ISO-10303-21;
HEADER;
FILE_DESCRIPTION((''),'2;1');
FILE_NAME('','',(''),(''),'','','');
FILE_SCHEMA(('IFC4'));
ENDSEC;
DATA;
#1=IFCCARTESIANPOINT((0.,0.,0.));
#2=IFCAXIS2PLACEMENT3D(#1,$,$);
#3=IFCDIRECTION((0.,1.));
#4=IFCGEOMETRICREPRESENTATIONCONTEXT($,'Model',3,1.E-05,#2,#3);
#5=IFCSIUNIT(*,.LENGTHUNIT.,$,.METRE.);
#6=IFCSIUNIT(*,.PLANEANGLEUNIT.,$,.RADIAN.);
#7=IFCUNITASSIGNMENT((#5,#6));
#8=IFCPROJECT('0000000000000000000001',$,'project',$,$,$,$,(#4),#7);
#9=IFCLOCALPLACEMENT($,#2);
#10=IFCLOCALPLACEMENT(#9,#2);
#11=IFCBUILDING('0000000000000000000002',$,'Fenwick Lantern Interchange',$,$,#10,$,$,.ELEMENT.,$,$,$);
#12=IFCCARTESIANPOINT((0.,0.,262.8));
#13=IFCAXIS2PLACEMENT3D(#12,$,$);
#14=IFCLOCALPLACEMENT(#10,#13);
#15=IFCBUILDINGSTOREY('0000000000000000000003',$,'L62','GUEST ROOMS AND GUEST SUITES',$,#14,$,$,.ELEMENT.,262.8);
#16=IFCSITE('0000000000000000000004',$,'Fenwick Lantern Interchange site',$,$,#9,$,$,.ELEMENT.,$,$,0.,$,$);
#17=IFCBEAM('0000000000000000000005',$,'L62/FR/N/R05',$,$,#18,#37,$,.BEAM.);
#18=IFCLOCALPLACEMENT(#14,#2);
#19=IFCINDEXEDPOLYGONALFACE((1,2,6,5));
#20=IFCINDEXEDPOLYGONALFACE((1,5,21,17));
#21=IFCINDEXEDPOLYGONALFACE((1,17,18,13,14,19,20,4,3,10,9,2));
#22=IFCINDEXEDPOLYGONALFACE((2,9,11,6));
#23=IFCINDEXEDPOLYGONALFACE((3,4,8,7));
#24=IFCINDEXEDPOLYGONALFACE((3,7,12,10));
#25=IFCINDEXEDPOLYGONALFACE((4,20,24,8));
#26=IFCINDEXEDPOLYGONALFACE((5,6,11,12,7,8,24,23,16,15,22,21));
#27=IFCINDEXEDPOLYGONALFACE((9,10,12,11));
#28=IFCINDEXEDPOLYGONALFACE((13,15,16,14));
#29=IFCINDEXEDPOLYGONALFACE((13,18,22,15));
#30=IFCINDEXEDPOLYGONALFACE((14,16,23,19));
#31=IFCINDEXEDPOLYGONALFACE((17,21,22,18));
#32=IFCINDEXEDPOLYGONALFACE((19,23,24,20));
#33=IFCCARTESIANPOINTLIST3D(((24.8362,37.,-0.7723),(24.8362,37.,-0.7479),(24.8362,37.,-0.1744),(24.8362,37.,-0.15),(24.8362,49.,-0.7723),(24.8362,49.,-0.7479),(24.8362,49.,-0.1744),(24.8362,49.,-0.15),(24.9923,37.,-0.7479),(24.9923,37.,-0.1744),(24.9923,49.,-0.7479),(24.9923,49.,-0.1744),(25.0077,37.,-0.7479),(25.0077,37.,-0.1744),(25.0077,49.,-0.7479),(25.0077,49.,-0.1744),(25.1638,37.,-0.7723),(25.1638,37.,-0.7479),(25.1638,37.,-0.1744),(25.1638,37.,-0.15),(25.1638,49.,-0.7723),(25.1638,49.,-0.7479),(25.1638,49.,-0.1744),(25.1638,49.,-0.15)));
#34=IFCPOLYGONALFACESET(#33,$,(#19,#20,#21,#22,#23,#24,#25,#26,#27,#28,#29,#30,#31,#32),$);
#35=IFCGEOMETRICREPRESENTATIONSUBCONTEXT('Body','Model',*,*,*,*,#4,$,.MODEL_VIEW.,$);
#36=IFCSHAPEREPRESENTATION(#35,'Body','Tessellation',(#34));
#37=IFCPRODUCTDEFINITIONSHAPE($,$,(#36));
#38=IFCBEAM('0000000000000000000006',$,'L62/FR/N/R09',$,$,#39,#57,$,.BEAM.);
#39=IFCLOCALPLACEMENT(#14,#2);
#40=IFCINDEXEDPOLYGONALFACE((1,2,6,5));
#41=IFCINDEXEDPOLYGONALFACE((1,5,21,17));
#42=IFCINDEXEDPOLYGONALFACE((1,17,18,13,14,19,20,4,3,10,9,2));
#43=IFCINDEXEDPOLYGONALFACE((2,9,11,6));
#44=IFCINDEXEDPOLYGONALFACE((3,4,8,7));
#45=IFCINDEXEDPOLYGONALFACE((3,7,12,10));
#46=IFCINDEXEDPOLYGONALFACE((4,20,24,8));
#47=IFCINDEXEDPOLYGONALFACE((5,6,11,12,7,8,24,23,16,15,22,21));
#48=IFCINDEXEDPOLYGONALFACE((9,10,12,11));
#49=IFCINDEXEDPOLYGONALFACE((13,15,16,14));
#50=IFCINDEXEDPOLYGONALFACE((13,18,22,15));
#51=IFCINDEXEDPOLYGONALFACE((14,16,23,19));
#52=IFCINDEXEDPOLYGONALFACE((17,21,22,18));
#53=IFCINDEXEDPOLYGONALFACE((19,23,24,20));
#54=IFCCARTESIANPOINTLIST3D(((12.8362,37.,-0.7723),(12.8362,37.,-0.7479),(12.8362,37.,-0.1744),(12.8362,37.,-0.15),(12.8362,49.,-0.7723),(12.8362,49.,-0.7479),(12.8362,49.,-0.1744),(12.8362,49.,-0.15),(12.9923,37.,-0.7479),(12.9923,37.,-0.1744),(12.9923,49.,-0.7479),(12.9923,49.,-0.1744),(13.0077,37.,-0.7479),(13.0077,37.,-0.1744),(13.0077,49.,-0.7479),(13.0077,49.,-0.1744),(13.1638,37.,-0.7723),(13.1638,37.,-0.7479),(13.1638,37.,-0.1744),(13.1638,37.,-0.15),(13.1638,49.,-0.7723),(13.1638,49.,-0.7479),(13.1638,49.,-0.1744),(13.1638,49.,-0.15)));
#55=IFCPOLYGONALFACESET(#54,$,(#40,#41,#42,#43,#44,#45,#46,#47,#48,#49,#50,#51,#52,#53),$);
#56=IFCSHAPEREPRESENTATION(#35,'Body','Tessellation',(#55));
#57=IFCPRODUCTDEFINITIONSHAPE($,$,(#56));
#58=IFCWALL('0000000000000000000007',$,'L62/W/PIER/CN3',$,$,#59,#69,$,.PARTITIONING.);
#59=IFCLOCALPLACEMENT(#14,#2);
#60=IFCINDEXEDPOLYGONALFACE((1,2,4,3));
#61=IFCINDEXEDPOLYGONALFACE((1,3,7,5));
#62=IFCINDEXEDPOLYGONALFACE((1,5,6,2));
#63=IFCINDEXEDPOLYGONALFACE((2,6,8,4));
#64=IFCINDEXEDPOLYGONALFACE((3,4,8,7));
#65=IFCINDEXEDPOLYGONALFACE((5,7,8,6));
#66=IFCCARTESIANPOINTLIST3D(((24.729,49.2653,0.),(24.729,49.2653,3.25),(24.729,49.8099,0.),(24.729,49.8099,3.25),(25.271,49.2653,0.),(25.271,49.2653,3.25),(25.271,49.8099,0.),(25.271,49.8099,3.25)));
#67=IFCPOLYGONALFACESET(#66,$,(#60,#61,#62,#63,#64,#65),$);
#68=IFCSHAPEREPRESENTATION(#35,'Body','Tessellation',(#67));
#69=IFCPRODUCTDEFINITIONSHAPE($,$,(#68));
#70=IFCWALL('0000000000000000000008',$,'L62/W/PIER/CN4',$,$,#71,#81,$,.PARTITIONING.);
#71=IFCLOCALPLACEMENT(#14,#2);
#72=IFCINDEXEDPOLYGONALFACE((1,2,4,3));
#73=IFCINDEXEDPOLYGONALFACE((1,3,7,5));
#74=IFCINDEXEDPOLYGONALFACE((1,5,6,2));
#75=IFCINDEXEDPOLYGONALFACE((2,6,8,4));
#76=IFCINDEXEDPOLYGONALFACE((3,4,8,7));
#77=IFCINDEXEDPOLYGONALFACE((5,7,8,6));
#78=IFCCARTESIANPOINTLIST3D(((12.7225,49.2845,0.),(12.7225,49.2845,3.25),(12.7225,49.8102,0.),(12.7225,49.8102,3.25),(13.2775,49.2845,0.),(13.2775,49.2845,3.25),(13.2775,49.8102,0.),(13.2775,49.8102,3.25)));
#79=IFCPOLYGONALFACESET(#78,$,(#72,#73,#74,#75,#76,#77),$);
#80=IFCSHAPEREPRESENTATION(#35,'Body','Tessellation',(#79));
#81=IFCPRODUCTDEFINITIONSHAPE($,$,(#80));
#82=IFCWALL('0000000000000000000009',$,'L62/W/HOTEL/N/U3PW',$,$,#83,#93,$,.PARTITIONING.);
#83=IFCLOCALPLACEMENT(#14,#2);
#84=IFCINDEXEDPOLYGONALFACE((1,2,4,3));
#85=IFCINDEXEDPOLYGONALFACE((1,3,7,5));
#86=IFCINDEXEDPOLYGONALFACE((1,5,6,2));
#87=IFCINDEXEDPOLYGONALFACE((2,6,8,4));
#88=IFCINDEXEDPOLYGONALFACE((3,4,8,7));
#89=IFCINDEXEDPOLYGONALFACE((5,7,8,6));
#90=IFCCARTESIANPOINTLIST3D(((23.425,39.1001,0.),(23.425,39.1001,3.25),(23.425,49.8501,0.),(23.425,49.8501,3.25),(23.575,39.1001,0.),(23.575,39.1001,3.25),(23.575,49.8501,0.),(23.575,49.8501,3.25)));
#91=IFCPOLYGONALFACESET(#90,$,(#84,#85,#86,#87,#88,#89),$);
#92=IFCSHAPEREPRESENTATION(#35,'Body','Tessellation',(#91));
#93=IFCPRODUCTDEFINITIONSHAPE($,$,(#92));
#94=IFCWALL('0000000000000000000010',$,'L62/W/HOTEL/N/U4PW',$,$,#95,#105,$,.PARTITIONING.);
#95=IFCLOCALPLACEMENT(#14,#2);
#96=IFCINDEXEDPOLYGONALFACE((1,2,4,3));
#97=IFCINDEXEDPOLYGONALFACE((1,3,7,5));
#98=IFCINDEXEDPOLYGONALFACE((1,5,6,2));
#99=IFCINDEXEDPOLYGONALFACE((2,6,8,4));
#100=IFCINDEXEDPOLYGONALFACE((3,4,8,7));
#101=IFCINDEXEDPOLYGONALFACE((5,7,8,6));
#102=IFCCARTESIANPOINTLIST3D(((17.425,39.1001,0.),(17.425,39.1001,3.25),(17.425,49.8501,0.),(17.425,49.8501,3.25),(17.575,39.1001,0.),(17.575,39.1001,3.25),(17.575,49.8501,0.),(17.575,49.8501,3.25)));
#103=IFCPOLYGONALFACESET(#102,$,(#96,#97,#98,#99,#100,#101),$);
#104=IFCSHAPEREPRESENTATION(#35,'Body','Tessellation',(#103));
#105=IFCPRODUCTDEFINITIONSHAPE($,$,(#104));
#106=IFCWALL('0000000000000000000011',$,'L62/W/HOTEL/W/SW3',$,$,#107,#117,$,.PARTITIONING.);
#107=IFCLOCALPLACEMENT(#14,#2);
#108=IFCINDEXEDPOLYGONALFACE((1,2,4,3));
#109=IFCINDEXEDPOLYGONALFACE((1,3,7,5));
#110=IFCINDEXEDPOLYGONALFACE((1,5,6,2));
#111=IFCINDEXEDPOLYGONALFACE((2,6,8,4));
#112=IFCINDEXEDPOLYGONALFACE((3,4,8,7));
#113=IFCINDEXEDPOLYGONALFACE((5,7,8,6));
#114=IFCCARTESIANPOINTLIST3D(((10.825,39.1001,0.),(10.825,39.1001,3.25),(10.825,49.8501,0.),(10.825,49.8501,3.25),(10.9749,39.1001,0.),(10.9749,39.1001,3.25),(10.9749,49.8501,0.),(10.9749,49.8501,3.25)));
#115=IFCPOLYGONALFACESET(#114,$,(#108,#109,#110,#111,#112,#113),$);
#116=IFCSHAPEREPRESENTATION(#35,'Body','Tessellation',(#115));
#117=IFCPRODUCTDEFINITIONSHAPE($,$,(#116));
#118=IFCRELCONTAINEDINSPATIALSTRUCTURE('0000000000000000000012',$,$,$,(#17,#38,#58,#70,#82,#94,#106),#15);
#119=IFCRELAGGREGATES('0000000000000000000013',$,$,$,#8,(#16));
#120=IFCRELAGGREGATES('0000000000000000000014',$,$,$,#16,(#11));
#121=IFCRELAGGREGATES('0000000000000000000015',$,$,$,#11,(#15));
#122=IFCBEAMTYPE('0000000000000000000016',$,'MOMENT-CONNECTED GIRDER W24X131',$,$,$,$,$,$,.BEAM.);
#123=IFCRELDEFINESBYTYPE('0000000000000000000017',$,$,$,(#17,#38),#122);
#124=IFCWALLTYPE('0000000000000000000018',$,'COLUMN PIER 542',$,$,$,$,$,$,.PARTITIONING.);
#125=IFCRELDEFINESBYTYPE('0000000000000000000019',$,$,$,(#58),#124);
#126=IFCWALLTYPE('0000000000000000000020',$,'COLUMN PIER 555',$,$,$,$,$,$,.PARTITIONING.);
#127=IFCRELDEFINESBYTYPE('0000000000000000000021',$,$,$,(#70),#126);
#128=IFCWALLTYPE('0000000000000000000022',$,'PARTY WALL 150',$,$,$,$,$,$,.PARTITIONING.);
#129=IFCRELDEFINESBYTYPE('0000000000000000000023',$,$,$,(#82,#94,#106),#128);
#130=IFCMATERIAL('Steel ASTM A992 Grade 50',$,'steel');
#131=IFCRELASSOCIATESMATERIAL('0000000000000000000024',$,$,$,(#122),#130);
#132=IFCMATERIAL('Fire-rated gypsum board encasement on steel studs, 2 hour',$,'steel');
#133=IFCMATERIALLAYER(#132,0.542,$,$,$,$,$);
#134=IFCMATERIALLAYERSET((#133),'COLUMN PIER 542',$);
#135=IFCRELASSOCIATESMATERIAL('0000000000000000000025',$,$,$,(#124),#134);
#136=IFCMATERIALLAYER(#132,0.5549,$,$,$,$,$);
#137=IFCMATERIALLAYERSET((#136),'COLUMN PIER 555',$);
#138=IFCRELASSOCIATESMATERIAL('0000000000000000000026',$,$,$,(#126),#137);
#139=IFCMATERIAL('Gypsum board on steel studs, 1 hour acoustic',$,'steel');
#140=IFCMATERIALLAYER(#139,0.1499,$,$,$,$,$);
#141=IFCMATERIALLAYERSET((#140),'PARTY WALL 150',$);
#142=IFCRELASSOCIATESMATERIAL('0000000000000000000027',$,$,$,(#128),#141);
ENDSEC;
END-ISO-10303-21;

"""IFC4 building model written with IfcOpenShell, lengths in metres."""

from ifc_helpers import new_model, si_unit, direction, frame, frame_2d, origin, origin_2d, place, context, subcontext, project, spatial, rectangle, i_section, extrude, material, layer, layer_set, material_profile, profile_set, type_object, element, save


model = new_model("IFC4")

# Units and contexts
model_context = context("Model", 3, precision=1e-05, world=origin(), true_north=direction((0.0, 1.0)))
body_context = subcontext(model_context, "Body", "Model", "MODEL_VIEW")
ifc_project = project(units=[si_unit("LENGTHUNIT", "METRE"), si_unit("PLANEANGLEUNIT", "RADIAN")], contexts=[model_context])

# Site, building, storey
site_placement = place(None, origin())
site = spatial("IfcSite", under=ifc_project, at=site_placement, Name="Fenwick Lantern Interchange site", CompositionType="ELEMENT", RefElevation=0.0)
building_placement = place(site_placement, origin())
building = spatial("IfcBuilding", under=site, at=building_placement, Name="Fenwick Lantern Interchange", CompositionType="ELEMENT")
storey_placement = place(building_placement, frame((0.0, 0.0, 262.8)))
storey = spatial("IfcBuildingStorey", under=building, at=storey_placement, Name="L62", Description="GUEST ROOMS AND GUEST SUITES", CompositionType="ELEMENT", Elevation=262.8)

# Shared definitions
ifc_material_1 = material(Name="Steel ASTM A992 Grade 50", Category="steel")

# Beams
ifc_material_profile_1 = material_profile(ifc_material_1, i_section(OverallWidth=0.3276, OverallDepth=0.6223, WebThickness=0.0154, FlangeThickness=0.0244, at=origin_2d()), Name="W24X131")
ifc_profile_set_1 = profile_set([ifc_material_profile_1], Name="Steel ASTM A992 Grade 50")
beam_type_1 = type_object("IfcBeamType", Name="MOMENT-CONNECTED GIRDER W24X131", PredefinedType="BEAM", material=ifc_profile_set_1)
for number, where, z_axis, x_axis, name in (
    (1, (25.0, 49.0, -0.4612), (0.0, -1.0, 0.0), (1.0, 0.0, 0.0), "L62/FR/N/R05"),
    (2, (13.0, 49.0, -0.4612), (0.0, -1.0, 0.0), (1.0, 0.0, 0.0), "L62/FR/N/R09"),
):
    element("IfcBeam", number, at=place(storey_placement, frame(where, z_axis=z_axis, x_axis=x_axis)), inside=storey, type_object=beam_type_1, Name=name, PredefinedType="BEAM", context=body_context, shape_type="SweptSolid", body=[
        extrude(i_section(OverallWidth=0.3276, OverallDepth=0.6223, WebThickness=0.0154, FlangeThickness=0.0244, at=origin_2d()), origin(), (0.0, 0.0, 1.0), 12.0),
    ])

# Walls
ifc_material_2 = material(Name="Fire-rated gypsum board encasement on steel studs, 2 hour", Category="steel")
ifc_layer_1 = layer(ifc_material_2, 0.542)
ifc_layer_set_1 = layer_set([ifc_layer_1], Name="COLUMN PIER 542")
wall_type_1 = type_object("IfcWallType", Name="COLUMN PIER 542", PredefinedType="PARTITIONING", material=ifc_layer_set_1)
wall_1_placement = place(storey_placement, frame((25.0, 49.8101, 0.0), z_axis=(0.0, 0.0, 1.0), x_axis=(0.0, -1.0, 0.0)))
element("IfcWall", 3, at=wall_1_placement, inside=storey, type_object=wall_type_1, Name="L62/W/PIER/CN3", PredefinedType="PARTITIONING", context=body_context, shape_type="SweptSolid", body=[
    extrude(rectangle(XDim=0.5447, YDim=0.542, at=frame_2d((0.2725, 0.0))), origin(), (0.0, 0.0, 1.0), 3.25),
])
ifc_layer_2 = layer(ifc_material_2, 0.5549)
ifc_layer_set_2 = layer_set([ifc_layer_2], Name="COLUMN PIER 555")
wall_type_2 = type_object("IfcWallType", Name="COLUMN PIER 555", PredefinedType="PARTITIONING", material=ifc_layer_set_2)
wall_2_placement = place(storey_placement, frame((13.0, 49.8101, 0.0), z_axis=(0.0, 0.0, 1.0), x_axis=(0.0, -1.0, 0.0)))
element("IfcWall", 4, at=wall_2_placement, inside=storey, type_object=wall_type_2, Name="L62/W/PIER/CN4", PredefinedType="PARTITIONING", context=body_context, shape_type="SweptSolid", body=[
    extrude(rectangle(XDim=0.5256, YDim=0.5549, at=frame_2d((0.2627, 0.0))), origin(), (0.0, 0.0, 1.0), 3.25),
])
ifc_material_3 = material(Name="Gypsum board on steel studs, 1 hour acoustic", Category="steel")
ifc_layer_3 = layer(ifc_material_3, 0.1499)
ifc_layer_set_3 = layer_set([ifc_layer_3], Name="PARTY WALL 150")
wall_type_3 = type_object("IfcWallType", Name="PARTY WALL 150", PredefinedType="PARTITIONING", material=ifc_layer_set_3)
for number, where, z_axis, x_axis, name in (
    (5, (23.5, 49.8501, 0.0), (0.0, 0.0, 1.0), (0.0, -1.0, 0.0), "L62/W/HOTEL/N/U3PW"),
    (6, (17.5, 49.8501, 0.0), (0.0, 0.0, 1.0), (0.0, -1.0, 0.0), "L62/W/HOTEL/N/U4PW"),
    (7, (10.8999, 49.8501, 0.0), (0.0, 0.0, 1.0), (0.0, -1.0, 0.0), "L62/W/HOTEL/W/SW3"),
):
    element("IfcWall", number, at=place(storey_placement, frame(where, z_axis=z_axis, x_axis=x_axis)), inside=storey, type_object=wall_type_3, Name=name, PredefinedType="PARTITIONING", context=body_context, shape_type="SweptSolid", body=[
        extrude(rectangle(XDim=10.75, YDim=0.1499, at=frame_2d((5.375, 0.0))), origin(), (0.0, 0.0, 1.0), 3.25),
    ])

save(model, "model.ifc")
